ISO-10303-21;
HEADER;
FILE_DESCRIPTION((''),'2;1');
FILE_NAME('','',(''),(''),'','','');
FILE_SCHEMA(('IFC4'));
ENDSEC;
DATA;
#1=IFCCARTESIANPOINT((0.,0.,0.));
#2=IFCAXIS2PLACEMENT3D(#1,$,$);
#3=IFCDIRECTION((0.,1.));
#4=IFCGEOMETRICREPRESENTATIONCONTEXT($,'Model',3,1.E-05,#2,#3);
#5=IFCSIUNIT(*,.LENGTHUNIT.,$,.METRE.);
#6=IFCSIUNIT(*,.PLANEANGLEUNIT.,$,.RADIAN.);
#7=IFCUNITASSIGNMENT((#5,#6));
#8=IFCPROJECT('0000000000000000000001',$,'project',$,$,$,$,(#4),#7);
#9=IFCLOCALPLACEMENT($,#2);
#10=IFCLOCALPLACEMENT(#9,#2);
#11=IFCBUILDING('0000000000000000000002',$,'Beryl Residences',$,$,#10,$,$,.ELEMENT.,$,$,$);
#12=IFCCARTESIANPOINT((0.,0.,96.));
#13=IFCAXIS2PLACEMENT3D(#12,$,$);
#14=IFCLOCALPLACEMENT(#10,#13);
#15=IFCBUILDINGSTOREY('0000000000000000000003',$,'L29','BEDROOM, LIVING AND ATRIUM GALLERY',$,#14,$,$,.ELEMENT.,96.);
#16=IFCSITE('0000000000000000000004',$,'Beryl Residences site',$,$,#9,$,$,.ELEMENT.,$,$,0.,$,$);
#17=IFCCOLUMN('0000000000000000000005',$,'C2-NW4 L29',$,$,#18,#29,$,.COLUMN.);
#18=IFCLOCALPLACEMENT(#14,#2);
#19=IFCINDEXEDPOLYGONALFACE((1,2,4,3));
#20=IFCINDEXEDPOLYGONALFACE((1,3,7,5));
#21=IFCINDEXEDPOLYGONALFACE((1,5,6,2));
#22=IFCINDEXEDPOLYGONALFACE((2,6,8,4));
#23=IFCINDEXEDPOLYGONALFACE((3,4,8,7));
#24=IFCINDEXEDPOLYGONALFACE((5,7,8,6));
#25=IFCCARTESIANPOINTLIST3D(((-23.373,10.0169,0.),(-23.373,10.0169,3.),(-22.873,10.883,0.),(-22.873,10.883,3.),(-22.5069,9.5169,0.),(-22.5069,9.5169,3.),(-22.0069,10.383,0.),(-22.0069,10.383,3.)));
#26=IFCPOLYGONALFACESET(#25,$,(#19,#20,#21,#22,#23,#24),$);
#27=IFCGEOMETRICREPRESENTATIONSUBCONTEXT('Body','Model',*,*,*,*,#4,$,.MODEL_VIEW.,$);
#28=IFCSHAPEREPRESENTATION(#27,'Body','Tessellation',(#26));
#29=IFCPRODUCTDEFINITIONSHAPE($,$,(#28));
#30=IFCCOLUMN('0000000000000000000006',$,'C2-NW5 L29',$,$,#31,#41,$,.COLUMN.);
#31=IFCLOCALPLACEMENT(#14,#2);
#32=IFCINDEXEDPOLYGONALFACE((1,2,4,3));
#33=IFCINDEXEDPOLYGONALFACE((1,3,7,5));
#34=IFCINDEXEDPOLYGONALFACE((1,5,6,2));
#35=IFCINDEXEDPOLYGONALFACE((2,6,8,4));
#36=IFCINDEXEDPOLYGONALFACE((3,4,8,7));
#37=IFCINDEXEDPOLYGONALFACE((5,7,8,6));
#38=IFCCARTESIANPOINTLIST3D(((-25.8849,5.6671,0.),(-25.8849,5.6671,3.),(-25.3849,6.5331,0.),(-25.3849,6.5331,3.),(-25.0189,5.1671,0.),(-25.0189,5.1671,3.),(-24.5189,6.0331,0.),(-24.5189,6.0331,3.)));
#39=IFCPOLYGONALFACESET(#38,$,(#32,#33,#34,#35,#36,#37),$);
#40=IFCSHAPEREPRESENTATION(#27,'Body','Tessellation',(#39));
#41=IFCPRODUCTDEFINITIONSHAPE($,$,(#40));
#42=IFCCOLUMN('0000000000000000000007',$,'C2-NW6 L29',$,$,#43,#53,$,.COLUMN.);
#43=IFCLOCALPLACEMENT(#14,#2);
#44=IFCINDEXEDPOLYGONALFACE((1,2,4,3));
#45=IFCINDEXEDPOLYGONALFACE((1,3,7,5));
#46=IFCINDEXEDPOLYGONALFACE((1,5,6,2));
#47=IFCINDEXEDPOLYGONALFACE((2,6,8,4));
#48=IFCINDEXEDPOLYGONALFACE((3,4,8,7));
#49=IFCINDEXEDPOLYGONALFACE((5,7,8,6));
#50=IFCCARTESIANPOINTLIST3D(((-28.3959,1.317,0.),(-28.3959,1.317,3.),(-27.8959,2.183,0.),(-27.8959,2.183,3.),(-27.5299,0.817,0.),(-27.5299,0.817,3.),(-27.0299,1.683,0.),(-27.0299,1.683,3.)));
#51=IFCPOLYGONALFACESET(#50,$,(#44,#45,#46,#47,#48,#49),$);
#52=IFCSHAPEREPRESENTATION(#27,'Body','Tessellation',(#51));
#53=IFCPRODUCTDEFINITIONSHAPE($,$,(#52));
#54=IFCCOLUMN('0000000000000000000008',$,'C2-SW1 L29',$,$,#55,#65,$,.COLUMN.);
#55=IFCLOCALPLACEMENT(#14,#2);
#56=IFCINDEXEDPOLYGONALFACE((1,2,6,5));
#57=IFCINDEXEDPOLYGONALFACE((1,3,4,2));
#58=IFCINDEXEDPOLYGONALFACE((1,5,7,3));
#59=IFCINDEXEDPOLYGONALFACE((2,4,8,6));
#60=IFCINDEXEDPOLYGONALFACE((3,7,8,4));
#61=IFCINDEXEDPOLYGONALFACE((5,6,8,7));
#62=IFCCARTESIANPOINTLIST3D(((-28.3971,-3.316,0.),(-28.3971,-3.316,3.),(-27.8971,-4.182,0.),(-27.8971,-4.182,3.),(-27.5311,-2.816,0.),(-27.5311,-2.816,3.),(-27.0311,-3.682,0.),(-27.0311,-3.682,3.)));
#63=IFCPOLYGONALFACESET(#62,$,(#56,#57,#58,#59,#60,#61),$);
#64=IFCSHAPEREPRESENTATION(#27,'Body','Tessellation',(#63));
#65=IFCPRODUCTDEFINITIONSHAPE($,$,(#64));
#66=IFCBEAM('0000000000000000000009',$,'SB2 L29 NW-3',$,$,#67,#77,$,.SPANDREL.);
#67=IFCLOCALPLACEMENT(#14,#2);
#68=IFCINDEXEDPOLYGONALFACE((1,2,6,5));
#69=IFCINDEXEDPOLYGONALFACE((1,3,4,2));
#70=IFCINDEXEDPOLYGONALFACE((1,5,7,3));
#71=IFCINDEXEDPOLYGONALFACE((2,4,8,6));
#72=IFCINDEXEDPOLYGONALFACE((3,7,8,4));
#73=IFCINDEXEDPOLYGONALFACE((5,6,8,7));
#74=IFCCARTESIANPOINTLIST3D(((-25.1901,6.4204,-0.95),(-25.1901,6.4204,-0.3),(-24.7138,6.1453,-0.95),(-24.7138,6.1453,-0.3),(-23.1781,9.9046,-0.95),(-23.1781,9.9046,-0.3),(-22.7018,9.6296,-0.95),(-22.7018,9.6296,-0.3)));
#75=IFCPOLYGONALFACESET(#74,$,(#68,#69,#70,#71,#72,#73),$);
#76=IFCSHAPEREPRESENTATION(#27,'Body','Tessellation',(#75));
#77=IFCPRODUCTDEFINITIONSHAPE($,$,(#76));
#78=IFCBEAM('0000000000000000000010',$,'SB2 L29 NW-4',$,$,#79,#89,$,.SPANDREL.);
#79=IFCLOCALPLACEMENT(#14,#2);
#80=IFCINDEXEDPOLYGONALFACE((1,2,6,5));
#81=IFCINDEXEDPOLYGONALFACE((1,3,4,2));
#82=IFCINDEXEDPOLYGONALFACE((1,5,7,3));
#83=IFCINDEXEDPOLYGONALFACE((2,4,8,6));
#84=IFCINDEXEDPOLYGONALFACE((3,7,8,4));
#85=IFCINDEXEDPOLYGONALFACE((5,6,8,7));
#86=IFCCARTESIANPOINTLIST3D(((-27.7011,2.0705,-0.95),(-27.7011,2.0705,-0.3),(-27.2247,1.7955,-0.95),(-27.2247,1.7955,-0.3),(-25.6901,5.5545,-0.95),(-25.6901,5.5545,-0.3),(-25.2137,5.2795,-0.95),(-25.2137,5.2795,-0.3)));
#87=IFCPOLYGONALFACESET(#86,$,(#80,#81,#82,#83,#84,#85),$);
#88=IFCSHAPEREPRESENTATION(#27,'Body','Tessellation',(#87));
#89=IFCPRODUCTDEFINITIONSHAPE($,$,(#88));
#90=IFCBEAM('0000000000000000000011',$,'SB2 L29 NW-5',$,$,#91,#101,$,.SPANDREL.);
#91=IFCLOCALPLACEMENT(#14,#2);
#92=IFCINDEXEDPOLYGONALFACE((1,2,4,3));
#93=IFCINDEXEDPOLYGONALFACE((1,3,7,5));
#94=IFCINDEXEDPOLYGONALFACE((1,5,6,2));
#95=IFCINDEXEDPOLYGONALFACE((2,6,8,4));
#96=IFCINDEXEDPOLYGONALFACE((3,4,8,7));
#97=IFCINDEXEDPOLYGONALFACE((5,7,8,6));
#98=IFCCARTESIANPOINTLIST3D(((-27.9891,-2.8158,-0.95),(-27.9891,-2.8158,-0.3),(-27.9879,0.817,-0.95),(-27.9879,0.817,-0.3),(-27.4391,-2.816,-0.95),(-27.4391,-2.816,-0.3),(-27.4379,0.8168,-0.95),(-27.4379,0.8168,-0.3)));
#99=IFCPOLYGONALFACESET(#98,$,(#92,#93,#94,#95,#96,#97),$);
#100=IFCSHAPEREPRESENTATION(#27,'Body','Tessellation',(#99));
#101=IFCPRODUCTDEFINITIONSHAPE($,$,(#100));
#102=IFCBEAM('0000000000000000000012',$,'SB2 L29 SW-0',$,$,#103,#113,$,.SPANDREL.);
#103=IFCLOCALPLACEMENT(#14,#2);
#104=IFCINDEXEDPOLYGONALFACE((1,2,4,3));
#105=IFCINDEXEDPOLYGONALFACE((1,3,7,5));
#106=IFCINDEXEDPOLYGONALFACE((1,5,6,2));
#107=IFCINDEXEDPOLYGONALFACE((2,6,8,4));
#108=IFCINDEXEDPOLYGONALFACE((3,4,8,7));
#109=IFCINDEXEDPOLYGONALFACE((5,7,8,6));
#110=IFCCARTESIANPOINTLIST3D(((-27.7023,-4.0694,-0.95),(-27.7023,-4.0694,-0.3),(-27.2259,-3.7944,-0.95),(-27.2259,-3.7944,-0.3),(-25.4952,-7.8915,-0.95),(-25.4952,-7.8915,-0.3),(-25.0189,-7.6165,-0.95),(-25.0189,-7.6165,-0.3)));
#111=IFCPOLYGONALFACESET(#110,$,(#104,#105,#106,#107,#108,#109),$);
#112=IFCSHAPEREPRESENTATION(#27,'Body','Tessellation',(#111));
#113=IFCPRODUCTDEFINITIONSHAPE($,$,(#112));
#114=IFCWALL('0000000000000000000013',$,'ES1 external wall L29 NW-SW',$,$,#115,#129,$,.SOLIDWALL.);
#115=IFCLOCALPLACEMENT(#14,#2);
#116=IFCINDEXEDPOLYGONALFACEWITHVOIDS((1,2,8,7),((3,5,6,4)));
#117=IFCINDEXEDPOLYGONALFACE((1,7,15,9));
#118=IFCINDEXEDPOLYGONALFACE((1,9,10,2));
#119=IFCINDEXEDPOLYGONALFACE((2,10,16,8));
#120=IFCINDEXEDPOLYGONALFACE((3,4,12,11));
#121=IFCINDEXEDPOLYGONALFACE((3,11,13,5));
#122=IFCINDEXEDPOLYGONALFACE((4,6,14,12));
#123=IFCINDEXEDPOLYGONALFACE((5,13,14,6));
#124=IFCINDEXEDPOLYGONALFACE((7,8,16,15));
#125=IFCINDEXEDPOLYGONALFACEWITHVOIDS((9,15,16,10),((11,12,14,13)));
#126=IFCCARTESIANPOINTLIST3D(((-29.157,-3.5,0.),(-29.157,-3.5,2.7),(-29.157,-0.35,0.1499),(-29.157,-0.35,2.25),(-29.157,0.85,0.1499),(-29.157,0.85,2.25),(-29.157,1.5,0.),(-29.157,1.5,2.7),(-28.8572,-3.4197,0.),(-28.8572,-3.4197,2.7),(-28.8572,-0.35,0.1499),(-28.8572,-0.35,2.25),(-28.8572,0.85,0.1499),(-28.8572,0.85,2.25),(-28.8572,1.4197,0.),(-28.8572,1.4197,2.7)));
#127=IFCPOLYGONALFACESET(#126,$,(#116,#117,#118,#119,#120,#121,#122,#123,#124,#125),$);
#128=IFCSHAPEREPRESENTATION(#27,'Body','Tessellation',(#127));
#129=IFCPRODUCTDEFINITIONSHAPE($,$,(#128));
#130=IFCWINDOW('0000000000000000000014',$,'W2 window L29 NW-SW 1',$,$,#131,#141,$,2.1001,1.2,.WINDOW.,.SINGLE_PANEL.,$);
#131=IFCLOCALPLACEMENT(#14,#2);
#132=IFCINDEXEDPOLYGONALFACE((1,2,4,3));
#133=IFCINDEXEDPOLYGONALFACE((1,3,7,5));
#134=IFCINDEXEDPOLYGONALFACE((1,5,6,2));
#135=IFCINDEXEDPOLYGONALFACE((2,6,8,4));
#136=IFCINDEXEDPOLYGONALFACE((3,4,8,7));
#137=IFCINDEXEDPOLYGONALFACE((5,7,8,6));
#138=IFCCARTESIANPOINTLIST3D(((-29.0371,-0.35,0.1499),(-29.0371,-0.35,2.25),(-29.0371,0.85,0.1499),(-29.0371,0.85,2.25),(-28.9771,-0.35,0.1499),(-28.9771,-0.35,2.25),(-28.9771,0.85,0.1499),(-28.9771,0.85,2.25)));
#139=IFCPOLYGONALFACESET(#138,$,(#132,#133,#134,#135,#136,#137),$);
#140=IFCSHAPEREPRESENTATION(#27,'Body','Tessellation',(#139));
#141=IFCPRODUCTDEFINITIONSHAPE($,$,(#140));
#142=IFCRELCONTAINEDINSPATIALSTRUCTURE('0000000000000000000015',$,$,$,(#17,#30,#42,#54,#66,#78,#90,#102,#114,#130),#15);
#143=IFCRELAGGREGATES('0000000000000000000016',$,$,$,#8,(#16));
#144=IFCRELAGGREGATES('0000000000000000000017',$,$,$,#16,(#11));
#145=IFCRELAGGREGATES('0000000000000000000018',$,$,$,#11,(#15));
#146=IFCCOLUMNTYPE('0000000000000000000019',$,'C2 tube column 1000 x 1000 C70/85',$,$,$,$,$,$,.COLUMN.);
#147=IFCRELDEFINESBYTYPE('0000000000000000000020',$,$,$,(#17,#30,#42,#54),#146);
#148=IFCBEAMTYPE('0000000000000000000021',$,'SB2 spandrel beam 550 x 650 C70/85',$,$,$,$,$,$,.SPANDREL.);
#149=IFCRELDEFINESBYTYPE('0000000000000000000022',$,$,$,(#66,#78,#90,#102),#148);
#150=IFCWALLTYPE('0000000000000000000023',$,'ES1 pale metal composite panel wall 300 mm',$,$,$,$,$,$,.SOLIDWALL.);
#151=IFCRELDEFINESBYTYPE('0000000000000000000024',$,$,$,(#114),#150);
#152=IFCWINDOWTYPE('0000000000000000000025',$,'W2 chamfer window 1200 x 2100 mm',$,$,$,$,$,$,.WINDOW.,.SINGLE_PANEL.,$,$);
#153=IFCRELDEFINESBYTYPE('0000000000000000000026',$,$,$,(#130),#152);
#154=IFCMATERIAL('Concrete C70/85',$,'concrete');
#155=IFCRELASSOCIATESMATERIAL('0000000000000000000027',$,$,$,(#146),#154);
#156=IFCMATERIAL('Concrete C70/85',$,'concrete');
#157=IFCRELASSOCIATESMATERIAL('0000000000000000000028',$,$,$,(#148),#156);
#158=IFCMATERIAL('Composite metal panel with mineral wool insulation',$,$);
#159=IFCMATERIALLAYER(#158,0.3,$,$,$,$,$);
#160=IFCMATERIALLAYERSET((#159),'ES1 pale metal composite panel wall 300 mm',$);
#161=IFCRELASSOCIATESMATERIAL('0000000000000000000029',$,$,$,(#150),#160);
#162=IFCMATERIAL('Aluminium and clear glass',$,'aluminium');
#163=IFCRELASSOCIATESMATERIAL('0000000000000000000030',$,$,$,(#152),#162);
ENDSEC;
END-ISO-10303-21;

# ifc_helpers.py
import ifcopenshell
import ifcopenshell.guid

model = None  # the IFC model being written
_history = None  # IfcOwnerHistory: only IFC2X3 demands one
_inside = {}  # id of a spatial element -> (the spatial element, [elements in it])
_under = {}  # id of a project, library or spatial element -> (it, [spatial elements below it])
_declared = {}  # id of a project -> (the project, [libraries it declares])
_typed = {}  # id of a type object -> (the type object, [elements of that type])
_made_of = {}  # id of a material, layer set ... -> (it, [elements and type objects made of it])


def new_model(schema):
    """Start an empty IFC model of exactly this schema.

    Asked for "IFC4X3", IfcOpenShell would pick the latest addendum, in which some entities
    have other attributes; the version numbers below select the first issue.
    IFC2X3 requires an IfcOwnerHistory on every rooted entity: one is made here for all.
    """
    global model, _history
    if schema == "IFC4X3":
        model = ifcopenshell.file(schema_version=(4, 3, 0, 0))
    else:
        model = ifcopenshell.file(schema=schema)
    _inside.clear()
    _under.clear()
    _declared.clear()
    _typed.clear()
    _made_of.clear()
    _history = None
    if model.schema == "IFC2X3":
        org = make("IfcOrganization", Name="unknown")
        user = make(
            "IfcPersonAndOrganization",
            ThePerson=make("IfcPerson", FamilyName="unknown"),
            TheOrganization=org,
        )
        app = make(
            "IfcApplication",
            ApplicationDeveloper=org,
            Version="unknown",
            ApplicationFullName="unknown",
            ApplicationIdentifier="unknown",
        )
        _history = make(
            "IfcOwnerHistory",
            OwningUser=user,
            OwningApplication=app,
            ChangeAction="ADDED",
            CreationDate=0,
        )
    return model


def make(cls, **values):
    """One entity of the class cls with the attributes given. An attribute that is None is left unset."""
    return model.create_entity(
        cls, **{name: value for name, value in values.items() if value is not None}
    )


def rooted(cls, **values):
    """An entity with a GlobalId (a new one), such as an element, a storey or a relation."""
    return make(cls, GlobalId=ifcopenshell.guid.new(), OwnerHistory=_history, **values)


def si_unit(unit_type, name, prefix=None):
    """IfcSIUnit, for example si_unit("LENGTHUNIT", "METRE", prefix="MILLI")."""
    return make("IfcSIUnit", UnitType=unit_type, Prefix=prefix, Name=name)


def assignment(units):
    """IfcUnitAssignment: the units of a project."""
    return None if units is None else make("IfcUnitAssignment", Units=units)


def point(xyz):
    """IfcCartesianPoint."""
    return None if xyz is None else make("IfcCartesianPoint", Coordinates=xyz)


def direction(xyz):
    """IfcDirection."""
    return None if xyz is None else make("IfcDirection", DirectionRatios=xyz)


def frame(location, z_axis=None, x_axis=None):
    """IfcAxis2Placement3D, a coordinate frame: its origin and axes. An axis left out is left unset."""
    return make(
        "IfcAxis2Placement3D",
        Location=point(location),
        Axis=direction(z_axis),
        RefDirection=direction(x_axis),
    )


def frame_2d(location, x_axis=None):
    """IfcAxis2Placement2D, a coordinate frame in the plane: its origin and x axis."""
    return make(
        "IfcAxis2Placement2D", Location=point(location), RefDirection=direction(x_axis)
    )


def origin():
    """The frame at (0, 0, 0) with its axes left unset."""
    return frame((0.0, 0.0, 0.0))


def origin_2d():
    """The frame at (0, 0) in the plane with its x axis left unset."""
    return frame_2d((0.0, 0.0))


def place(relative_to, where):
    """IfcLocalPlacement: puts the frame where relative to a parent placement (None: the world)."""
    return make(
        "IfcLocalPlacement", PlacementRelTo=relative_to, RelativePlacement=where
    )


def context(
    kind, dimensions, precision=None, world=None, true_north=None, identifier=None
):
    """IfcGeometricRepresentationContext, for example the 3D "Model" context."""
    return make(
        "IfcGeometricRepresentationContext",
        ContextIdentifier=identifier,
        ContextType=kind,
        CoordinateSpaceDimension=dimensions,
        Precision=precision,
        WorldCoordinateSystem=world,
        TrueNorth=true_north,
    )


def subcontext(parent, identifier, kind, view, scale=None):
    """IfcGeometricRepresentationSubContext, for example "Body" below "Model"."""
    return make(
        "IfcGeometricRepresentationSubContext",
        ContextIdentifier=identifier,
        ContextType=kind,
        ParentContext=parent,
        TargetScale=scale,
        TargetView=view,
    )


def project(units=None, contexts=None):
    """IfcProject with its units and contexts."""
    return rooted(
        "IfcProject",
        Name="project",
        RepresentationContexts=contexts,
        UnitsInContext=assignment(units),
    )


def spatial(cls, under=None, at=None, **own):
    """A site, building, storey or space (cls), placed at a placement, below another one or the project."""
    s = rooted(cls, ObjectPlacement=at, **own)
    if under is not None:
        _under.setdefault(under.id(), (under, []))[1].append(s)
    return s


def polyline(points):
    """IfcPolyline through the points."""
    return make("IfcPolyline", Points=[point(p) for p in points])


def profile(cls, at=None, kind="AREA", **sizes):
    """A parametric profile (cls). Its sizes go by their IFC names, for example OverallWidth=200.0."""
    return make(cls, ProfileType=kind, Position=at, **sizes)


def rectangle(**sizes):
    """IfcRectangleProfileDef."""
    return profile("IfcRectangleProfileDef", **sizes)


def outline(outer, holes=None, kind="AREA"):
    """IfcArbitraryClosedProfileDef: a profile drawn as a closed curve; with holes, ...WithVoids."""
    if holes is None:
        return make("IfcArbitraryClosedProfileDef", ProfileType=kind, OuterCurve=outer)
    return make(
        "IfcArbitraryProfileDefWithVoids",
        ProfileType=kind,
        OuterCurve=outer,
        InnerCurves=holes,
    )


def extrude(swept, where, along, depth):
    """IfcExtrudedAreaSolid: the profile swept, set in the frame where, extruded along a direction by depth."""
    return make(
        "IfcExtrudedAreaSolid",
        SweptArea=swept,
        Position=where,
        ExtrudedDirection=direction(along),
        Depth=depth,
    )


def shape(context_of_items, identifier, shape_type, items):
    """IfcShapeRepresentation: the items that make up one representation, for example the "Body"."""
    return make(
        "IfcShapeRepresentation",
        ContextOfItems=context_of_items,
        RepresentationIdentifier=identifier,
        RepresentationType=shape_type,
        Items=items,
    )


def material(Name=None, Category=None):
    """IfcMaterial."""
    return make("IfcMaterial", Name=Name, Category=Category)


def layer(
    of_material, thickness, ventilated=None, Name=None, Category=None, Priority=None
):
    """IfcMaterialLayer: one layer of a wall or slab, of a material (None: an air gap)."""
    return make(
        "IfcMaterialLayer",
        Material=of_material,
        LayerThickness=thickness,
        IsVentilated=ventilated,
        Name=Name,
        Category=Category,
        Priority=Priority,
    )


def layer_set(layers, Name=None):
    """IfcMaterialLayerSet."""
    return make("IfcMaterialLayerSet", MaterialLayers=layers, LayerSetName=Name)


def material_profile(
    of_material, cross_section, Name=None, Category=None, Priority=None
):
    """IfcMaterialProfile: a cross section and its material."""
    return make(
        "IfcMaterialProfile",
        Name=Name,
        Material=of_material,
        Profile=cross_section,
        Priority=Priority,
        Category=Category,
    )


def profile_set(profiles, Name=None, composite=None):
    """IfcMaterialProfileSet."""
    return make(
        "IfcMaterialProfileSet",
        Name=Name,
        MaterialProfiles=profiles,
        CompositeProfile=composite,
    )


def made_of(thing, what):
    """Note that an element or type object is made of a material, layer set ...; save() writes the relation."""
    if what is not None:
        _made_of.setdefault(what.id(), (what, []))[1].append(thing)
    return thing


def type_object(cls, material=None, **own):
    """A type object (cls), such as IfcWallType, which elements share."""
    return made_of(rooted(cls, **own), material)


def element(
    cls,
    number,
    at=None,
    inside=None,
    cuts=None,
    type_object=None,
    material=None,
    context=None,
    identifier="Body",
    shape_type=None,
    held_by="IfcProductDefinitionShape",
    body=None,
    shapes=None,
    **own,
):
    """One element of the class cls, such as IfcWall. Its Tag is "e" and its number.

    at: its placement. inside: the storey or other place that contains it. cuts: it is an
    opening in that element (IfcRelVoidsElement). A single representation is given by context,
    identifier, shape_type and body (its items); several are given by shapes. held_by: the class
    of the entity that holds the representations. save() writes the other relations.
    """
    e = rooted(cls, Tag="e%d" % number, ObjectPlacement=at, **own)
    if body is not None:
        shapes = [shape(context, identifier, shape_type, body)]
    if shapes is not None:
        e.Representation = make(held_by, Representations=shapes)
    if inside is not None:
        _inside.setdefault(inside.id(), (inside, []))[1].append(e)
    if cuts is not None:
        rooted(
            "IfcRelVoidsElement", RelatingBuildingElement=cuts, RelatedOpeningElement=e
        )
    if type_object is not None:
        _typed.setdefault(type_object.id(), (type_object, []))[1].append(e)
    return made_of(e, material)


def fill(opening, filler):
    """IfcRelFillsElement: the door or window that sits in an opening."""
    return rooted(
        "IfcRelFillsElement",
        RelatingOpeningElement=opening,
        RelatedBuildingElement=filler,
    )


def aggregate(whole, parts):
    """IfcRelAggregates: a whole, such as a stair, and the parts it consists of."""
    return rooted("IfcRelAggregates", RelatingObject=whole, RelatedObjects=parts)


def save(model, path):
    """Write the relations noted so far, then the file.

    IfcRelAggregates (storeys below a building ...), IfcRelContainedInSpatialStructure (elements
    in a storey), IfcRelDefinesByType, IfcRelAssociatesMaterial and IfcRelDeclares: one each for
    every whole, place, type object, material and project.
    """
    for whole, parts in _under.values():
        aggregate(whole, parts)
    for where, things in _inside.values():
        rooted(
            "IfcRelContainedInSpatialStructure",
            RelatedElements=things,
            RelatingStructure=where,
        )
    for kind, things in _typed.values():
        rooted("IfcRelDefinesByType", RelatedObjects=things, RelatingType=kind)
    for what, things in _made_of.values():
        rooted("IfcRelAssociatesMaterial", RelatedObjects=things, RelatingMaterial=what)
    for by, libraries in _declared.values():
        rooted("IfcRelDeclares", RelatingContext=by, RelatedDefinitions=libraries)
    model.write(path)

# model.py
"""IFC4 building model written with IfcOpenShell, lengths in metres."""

from ifc_helpers import new_model, si_unit, direction, frame, frame_2d, origin, origin_2d, place, context, subcontext, project, spatial, polyline, rectangle, outline, extrude, material, layer, layer_set, material_profile, profile_set, type_object, element, fill, save


model = new_model("IFC4")

# Units and contexts
model_context = context("Model", 3, precision=1e-05, world=origin(), true_north=direction((0.0, 1.0)))
body_context = subcontext(model_context, "Body", "Model", "MODEL_VIEW")
ifc_project = project(units=[si_unit("LENGTHUNIT", "METRE"), si_unit("PLANEANGLEUNIT", "RADIAN")], contexts=[model_context])

# Site, building, storey
site_placement = place(None, origin())
site = spatial("IfcSite", under=ifc_project, at=site_placement, Name="Beryl Residences site", CompositionType="ELEMENT", RefElevation=0.0)
building_placement = place(site_placement, origin())
building = spatial("IfcBuilding", under=site, at=building_placement, Name="Beryl Residences", CompositionType="ELEMENT")
storey_placement = place(building_placement, frame((0.0, 0.0, 96.0)))
storey = spatial("IfcBuildingStorey", under=building, at=storey_placement, Name="L29", Description="BEDROOM, LIVING AND ATRIUM GALLERY", CompositionType="ELEMENT", Elevation=96.0)

# Columns
ifc_material_1 = material(Name="Concrete C70/85", Category="concrete")
ifc_material_profile_1 = material_profile(ifc_material_1, rectangle(XDim=1.0, YDim=1.0, at=origin_2d()))
ifc_profile_set_1 = profile_set([ifc_material_profile_1], Name="Concrete C70/85")
column_type = type_object("IfcColumnType", Name="C2 tube column 1000 x 1000 C70/85", PredefinedType="COLUMN", material=ifc_profile_set_1)
for number, where, z_axis, x_axis, name in (
    (1, (-22.6899, 10.2, 0.0), (0.0, 0.0, 1.0), (-0.5, -0.866025, 0.0), "C2-NW4 L29"),
    (2, (-25.2019, 5.8501, 0.0), (0.0, 0.0, 1.0), (-0.5, -0.866025, 0.0), "C2-NW5 L29"),
    (3, (-27.7129, 1.5, 0.0), (0.0, 0.0, 1.0), (-0.5, -0.866025, 0.0), "C2-NW6 L29"),
    (4, (-27.7141, -3.499, 0.0), (0.0, 0.0, 1.0), (0.5, -0.866025, 0.0), "C2-SW1 L29"),
):
    element("IfcColumn", number, at=place(storey_placement, frame(where, z_axis=z_axis, x_axis=x_axis)), inside=storey, type_object=column_type, Name=name, PredefinedType="COLUMN", context=body_context, shape_type="SweptSolid", body=[
        extrude(rectangle(XDim=1.0, YDim=1.0, at=origin_2d()), origin(), (0.0, 0.0, 1.0), 3.0),
    ])

# Beams
ifc_material_2 = material(Name="Concrete C70/85", Category="concrete")
ifc_material_profile_2 = material_profile(ifc_material_2, rectangle(XDim=0.55, YDim=0.6499, at=origin_2d()))
ifc_profile_set_2 = profile_set([ifc_material_profile_2], Name="Concrete C70/85")
beam_type = type_object("IfcBeamType", Name="SB2 spandrel beam 550 x 650 C70/85", PredefinedType="SPANDREL", material=ifc_profile_set_2)
beam_1_placement = place(storey_placement, frame((-22.9399, 9.7671, -0.625), z_axis=(-0.500074, -0.865982, 0.0), x_axis=(0.865982, -0.500074, 0.0)))
element("IfcBeam", 5, at=beam_1_placement, inside=storey, type_object=beam_type, Name="SB2 L29 NW-3", PredefinedType="SPANDREL", context=body_context, shape_type="SweptSolid", body=[
    extrude(rectangle(XDim=0.55, YDim=0.6499, at=origin_2d()), origin(), (0.0, 0.0, 1.0), 4.0234),
])
beam_2_placement = place(storey_placement, frame((-25.4519, 5.417, -0.625), z_axis=(-0.499919, -0.866072, 0.0), x_axis=(0.866072, -0.499919, 0.0)))
element("IfcBeam", 6, at=beam_2_placement, inside=storey, type_object=beam_type, Name="SB2 L29 NW-4", PredefinedType="SPANDREL", context=body_context, shape_type="SweptSolid", body=[
    extrude(rectangle(XDim=0.55, YDim=0.6499, at=origin_2d()), origin(), (0.0, 0.0, 1.0), 4.0227),
])
beam_3_placement = place(storey_placement, frame((-27.7129, 0.8169, -0.625), z_axis=(-0.000336, -1.0, 0.0), x_axis=(1.0, -0.000336, 0.0)))
element("IfcBeam", 7, at=beam_3_placement, inside=storey, type_object=beam_type, Name="SB2 L29 NW-5", PredefinedType="SPANDREL", context=body_context, shape_type="SweptSolid", body=[
    extrude(rectangle(XDim=0.55, YDim=0.6499, at=origin_2d()), origin(), (0.0, 0.0, 1.0), 3.6328),
])
beam_4_placement = place(storey_placement, frame((-27.4641, -3.9319, -0.625), z_axis=(0.500066, -0.865988, 0.0), x_axis=(0.865988, 0.500066, 0.0)))
element("IfcBeam", 8, at=beam_4_placement, inside=storey, type_object=beam_type, Name="SB2 L29 SW-0", PredefinedType="SPANDREL", context=body_context, shape_type="SweptSolid", body=[
    extrude(rectangle(XDim=0.55, YDim=0.6499, at=origin_2d()), origin(), (0.0, 0.0, 1.0), 4.4136),
])

# Wall, opening, window
ifc_material_3 = material(Name="Composite metal panel with mineral wool insulation")
ifc_layer_1 = layer(ifc_material_3, 0.3)
ifc_layer_set_1 = layer_set([ifc_layer_1], Name="ES1 pale metal composite panel wall 300 mm")
wall_type_1 = type_object("IfcWallType", Name="ES1 pale metal composite panel wall 300 mm", PredefinedType="SOLIDWALL", material=ifc_layer_set_1)
wall_1_placement = place(storey_placement, frame((-29.0071, 1.5, 0.0), z_axis=(0.0, 0.0, 1.0), x_axis=(0.0, -1.0, 0.0)))
wall_1 = element("IfcWall", 9, at=wall_1_placement, inside=storey, type_object=wall_type_1, Name="ES1 external wall L29 NW-SW", PredefinedType="SOLIDWALL", context=body_context, shape_type="SweptSolid", body=[
    extrude(outline(polyline([(0.0, -0.1499), (5.0, -0.1499), (4.9197, 0.1499), (0.0803, 0.1499), (0.0, -0.1499)])), origin(), (0.0, 0.0, 1.0), 2.7),
])
opening_1_placement = place(wall_1_placement, frame((0.6499, 0.0, 0.1499)))
opening_1 = element("IfcOpeningElement", 10, at=opening_1_placement, cuts=wall_1, PredefinedType="OPENING", context=body_context, shape_type="SweptSolid", body=[
    extrude(rectangle(XDim=1.2, YDim=2.1001, at=frame_2d((0.6001, 1.05))), frame((0.0, 0.1599, 0.0), z_axis=(0.0, -1.0, 0.0), x_axis=(1.0, 0.0, 0.0)), (0.0, 0.0, 1.0), 0.3201),
])
ifc_material_4 = material(Name="Aluminium and clear glass", Category="aluminium")
window_type_1 = type_object("IfcWindowType", Name="W2 chamfer window 1200 x 2100 mm", PartitioningType="SINGLE_PANEL", PredefinedType="WINDOW", material=ifc_material_4)
window_1_placement = place(opening_1_placement, origin())
window_1 = element("IfcWindow", 11, at=window_1_placement, inside=storey, type_object=window_type_1, Name="W2 window L29 NW-SW 1", OverallHeight=2.1001, OverallWidth=1.2, PartitioningType="SINGLE_PANEL", PredefinedType="WINDOW", context=body_context, shape_type="SweptSolid", body=[
    extrude(rectangle(XDim=1.2, YDim=2.1001, at=frame_2d((0.6001, 1.05))), frame((0.0, 0.03, 0.0), z_axis=(0.0, -1.0, 0.0), x_axis=(1.0, 0.0, 0.0)), (0.0, 0.0, 1.0), 0.0601),
])
fill(opening_1, window_1)

save(model, "model.ifc")
